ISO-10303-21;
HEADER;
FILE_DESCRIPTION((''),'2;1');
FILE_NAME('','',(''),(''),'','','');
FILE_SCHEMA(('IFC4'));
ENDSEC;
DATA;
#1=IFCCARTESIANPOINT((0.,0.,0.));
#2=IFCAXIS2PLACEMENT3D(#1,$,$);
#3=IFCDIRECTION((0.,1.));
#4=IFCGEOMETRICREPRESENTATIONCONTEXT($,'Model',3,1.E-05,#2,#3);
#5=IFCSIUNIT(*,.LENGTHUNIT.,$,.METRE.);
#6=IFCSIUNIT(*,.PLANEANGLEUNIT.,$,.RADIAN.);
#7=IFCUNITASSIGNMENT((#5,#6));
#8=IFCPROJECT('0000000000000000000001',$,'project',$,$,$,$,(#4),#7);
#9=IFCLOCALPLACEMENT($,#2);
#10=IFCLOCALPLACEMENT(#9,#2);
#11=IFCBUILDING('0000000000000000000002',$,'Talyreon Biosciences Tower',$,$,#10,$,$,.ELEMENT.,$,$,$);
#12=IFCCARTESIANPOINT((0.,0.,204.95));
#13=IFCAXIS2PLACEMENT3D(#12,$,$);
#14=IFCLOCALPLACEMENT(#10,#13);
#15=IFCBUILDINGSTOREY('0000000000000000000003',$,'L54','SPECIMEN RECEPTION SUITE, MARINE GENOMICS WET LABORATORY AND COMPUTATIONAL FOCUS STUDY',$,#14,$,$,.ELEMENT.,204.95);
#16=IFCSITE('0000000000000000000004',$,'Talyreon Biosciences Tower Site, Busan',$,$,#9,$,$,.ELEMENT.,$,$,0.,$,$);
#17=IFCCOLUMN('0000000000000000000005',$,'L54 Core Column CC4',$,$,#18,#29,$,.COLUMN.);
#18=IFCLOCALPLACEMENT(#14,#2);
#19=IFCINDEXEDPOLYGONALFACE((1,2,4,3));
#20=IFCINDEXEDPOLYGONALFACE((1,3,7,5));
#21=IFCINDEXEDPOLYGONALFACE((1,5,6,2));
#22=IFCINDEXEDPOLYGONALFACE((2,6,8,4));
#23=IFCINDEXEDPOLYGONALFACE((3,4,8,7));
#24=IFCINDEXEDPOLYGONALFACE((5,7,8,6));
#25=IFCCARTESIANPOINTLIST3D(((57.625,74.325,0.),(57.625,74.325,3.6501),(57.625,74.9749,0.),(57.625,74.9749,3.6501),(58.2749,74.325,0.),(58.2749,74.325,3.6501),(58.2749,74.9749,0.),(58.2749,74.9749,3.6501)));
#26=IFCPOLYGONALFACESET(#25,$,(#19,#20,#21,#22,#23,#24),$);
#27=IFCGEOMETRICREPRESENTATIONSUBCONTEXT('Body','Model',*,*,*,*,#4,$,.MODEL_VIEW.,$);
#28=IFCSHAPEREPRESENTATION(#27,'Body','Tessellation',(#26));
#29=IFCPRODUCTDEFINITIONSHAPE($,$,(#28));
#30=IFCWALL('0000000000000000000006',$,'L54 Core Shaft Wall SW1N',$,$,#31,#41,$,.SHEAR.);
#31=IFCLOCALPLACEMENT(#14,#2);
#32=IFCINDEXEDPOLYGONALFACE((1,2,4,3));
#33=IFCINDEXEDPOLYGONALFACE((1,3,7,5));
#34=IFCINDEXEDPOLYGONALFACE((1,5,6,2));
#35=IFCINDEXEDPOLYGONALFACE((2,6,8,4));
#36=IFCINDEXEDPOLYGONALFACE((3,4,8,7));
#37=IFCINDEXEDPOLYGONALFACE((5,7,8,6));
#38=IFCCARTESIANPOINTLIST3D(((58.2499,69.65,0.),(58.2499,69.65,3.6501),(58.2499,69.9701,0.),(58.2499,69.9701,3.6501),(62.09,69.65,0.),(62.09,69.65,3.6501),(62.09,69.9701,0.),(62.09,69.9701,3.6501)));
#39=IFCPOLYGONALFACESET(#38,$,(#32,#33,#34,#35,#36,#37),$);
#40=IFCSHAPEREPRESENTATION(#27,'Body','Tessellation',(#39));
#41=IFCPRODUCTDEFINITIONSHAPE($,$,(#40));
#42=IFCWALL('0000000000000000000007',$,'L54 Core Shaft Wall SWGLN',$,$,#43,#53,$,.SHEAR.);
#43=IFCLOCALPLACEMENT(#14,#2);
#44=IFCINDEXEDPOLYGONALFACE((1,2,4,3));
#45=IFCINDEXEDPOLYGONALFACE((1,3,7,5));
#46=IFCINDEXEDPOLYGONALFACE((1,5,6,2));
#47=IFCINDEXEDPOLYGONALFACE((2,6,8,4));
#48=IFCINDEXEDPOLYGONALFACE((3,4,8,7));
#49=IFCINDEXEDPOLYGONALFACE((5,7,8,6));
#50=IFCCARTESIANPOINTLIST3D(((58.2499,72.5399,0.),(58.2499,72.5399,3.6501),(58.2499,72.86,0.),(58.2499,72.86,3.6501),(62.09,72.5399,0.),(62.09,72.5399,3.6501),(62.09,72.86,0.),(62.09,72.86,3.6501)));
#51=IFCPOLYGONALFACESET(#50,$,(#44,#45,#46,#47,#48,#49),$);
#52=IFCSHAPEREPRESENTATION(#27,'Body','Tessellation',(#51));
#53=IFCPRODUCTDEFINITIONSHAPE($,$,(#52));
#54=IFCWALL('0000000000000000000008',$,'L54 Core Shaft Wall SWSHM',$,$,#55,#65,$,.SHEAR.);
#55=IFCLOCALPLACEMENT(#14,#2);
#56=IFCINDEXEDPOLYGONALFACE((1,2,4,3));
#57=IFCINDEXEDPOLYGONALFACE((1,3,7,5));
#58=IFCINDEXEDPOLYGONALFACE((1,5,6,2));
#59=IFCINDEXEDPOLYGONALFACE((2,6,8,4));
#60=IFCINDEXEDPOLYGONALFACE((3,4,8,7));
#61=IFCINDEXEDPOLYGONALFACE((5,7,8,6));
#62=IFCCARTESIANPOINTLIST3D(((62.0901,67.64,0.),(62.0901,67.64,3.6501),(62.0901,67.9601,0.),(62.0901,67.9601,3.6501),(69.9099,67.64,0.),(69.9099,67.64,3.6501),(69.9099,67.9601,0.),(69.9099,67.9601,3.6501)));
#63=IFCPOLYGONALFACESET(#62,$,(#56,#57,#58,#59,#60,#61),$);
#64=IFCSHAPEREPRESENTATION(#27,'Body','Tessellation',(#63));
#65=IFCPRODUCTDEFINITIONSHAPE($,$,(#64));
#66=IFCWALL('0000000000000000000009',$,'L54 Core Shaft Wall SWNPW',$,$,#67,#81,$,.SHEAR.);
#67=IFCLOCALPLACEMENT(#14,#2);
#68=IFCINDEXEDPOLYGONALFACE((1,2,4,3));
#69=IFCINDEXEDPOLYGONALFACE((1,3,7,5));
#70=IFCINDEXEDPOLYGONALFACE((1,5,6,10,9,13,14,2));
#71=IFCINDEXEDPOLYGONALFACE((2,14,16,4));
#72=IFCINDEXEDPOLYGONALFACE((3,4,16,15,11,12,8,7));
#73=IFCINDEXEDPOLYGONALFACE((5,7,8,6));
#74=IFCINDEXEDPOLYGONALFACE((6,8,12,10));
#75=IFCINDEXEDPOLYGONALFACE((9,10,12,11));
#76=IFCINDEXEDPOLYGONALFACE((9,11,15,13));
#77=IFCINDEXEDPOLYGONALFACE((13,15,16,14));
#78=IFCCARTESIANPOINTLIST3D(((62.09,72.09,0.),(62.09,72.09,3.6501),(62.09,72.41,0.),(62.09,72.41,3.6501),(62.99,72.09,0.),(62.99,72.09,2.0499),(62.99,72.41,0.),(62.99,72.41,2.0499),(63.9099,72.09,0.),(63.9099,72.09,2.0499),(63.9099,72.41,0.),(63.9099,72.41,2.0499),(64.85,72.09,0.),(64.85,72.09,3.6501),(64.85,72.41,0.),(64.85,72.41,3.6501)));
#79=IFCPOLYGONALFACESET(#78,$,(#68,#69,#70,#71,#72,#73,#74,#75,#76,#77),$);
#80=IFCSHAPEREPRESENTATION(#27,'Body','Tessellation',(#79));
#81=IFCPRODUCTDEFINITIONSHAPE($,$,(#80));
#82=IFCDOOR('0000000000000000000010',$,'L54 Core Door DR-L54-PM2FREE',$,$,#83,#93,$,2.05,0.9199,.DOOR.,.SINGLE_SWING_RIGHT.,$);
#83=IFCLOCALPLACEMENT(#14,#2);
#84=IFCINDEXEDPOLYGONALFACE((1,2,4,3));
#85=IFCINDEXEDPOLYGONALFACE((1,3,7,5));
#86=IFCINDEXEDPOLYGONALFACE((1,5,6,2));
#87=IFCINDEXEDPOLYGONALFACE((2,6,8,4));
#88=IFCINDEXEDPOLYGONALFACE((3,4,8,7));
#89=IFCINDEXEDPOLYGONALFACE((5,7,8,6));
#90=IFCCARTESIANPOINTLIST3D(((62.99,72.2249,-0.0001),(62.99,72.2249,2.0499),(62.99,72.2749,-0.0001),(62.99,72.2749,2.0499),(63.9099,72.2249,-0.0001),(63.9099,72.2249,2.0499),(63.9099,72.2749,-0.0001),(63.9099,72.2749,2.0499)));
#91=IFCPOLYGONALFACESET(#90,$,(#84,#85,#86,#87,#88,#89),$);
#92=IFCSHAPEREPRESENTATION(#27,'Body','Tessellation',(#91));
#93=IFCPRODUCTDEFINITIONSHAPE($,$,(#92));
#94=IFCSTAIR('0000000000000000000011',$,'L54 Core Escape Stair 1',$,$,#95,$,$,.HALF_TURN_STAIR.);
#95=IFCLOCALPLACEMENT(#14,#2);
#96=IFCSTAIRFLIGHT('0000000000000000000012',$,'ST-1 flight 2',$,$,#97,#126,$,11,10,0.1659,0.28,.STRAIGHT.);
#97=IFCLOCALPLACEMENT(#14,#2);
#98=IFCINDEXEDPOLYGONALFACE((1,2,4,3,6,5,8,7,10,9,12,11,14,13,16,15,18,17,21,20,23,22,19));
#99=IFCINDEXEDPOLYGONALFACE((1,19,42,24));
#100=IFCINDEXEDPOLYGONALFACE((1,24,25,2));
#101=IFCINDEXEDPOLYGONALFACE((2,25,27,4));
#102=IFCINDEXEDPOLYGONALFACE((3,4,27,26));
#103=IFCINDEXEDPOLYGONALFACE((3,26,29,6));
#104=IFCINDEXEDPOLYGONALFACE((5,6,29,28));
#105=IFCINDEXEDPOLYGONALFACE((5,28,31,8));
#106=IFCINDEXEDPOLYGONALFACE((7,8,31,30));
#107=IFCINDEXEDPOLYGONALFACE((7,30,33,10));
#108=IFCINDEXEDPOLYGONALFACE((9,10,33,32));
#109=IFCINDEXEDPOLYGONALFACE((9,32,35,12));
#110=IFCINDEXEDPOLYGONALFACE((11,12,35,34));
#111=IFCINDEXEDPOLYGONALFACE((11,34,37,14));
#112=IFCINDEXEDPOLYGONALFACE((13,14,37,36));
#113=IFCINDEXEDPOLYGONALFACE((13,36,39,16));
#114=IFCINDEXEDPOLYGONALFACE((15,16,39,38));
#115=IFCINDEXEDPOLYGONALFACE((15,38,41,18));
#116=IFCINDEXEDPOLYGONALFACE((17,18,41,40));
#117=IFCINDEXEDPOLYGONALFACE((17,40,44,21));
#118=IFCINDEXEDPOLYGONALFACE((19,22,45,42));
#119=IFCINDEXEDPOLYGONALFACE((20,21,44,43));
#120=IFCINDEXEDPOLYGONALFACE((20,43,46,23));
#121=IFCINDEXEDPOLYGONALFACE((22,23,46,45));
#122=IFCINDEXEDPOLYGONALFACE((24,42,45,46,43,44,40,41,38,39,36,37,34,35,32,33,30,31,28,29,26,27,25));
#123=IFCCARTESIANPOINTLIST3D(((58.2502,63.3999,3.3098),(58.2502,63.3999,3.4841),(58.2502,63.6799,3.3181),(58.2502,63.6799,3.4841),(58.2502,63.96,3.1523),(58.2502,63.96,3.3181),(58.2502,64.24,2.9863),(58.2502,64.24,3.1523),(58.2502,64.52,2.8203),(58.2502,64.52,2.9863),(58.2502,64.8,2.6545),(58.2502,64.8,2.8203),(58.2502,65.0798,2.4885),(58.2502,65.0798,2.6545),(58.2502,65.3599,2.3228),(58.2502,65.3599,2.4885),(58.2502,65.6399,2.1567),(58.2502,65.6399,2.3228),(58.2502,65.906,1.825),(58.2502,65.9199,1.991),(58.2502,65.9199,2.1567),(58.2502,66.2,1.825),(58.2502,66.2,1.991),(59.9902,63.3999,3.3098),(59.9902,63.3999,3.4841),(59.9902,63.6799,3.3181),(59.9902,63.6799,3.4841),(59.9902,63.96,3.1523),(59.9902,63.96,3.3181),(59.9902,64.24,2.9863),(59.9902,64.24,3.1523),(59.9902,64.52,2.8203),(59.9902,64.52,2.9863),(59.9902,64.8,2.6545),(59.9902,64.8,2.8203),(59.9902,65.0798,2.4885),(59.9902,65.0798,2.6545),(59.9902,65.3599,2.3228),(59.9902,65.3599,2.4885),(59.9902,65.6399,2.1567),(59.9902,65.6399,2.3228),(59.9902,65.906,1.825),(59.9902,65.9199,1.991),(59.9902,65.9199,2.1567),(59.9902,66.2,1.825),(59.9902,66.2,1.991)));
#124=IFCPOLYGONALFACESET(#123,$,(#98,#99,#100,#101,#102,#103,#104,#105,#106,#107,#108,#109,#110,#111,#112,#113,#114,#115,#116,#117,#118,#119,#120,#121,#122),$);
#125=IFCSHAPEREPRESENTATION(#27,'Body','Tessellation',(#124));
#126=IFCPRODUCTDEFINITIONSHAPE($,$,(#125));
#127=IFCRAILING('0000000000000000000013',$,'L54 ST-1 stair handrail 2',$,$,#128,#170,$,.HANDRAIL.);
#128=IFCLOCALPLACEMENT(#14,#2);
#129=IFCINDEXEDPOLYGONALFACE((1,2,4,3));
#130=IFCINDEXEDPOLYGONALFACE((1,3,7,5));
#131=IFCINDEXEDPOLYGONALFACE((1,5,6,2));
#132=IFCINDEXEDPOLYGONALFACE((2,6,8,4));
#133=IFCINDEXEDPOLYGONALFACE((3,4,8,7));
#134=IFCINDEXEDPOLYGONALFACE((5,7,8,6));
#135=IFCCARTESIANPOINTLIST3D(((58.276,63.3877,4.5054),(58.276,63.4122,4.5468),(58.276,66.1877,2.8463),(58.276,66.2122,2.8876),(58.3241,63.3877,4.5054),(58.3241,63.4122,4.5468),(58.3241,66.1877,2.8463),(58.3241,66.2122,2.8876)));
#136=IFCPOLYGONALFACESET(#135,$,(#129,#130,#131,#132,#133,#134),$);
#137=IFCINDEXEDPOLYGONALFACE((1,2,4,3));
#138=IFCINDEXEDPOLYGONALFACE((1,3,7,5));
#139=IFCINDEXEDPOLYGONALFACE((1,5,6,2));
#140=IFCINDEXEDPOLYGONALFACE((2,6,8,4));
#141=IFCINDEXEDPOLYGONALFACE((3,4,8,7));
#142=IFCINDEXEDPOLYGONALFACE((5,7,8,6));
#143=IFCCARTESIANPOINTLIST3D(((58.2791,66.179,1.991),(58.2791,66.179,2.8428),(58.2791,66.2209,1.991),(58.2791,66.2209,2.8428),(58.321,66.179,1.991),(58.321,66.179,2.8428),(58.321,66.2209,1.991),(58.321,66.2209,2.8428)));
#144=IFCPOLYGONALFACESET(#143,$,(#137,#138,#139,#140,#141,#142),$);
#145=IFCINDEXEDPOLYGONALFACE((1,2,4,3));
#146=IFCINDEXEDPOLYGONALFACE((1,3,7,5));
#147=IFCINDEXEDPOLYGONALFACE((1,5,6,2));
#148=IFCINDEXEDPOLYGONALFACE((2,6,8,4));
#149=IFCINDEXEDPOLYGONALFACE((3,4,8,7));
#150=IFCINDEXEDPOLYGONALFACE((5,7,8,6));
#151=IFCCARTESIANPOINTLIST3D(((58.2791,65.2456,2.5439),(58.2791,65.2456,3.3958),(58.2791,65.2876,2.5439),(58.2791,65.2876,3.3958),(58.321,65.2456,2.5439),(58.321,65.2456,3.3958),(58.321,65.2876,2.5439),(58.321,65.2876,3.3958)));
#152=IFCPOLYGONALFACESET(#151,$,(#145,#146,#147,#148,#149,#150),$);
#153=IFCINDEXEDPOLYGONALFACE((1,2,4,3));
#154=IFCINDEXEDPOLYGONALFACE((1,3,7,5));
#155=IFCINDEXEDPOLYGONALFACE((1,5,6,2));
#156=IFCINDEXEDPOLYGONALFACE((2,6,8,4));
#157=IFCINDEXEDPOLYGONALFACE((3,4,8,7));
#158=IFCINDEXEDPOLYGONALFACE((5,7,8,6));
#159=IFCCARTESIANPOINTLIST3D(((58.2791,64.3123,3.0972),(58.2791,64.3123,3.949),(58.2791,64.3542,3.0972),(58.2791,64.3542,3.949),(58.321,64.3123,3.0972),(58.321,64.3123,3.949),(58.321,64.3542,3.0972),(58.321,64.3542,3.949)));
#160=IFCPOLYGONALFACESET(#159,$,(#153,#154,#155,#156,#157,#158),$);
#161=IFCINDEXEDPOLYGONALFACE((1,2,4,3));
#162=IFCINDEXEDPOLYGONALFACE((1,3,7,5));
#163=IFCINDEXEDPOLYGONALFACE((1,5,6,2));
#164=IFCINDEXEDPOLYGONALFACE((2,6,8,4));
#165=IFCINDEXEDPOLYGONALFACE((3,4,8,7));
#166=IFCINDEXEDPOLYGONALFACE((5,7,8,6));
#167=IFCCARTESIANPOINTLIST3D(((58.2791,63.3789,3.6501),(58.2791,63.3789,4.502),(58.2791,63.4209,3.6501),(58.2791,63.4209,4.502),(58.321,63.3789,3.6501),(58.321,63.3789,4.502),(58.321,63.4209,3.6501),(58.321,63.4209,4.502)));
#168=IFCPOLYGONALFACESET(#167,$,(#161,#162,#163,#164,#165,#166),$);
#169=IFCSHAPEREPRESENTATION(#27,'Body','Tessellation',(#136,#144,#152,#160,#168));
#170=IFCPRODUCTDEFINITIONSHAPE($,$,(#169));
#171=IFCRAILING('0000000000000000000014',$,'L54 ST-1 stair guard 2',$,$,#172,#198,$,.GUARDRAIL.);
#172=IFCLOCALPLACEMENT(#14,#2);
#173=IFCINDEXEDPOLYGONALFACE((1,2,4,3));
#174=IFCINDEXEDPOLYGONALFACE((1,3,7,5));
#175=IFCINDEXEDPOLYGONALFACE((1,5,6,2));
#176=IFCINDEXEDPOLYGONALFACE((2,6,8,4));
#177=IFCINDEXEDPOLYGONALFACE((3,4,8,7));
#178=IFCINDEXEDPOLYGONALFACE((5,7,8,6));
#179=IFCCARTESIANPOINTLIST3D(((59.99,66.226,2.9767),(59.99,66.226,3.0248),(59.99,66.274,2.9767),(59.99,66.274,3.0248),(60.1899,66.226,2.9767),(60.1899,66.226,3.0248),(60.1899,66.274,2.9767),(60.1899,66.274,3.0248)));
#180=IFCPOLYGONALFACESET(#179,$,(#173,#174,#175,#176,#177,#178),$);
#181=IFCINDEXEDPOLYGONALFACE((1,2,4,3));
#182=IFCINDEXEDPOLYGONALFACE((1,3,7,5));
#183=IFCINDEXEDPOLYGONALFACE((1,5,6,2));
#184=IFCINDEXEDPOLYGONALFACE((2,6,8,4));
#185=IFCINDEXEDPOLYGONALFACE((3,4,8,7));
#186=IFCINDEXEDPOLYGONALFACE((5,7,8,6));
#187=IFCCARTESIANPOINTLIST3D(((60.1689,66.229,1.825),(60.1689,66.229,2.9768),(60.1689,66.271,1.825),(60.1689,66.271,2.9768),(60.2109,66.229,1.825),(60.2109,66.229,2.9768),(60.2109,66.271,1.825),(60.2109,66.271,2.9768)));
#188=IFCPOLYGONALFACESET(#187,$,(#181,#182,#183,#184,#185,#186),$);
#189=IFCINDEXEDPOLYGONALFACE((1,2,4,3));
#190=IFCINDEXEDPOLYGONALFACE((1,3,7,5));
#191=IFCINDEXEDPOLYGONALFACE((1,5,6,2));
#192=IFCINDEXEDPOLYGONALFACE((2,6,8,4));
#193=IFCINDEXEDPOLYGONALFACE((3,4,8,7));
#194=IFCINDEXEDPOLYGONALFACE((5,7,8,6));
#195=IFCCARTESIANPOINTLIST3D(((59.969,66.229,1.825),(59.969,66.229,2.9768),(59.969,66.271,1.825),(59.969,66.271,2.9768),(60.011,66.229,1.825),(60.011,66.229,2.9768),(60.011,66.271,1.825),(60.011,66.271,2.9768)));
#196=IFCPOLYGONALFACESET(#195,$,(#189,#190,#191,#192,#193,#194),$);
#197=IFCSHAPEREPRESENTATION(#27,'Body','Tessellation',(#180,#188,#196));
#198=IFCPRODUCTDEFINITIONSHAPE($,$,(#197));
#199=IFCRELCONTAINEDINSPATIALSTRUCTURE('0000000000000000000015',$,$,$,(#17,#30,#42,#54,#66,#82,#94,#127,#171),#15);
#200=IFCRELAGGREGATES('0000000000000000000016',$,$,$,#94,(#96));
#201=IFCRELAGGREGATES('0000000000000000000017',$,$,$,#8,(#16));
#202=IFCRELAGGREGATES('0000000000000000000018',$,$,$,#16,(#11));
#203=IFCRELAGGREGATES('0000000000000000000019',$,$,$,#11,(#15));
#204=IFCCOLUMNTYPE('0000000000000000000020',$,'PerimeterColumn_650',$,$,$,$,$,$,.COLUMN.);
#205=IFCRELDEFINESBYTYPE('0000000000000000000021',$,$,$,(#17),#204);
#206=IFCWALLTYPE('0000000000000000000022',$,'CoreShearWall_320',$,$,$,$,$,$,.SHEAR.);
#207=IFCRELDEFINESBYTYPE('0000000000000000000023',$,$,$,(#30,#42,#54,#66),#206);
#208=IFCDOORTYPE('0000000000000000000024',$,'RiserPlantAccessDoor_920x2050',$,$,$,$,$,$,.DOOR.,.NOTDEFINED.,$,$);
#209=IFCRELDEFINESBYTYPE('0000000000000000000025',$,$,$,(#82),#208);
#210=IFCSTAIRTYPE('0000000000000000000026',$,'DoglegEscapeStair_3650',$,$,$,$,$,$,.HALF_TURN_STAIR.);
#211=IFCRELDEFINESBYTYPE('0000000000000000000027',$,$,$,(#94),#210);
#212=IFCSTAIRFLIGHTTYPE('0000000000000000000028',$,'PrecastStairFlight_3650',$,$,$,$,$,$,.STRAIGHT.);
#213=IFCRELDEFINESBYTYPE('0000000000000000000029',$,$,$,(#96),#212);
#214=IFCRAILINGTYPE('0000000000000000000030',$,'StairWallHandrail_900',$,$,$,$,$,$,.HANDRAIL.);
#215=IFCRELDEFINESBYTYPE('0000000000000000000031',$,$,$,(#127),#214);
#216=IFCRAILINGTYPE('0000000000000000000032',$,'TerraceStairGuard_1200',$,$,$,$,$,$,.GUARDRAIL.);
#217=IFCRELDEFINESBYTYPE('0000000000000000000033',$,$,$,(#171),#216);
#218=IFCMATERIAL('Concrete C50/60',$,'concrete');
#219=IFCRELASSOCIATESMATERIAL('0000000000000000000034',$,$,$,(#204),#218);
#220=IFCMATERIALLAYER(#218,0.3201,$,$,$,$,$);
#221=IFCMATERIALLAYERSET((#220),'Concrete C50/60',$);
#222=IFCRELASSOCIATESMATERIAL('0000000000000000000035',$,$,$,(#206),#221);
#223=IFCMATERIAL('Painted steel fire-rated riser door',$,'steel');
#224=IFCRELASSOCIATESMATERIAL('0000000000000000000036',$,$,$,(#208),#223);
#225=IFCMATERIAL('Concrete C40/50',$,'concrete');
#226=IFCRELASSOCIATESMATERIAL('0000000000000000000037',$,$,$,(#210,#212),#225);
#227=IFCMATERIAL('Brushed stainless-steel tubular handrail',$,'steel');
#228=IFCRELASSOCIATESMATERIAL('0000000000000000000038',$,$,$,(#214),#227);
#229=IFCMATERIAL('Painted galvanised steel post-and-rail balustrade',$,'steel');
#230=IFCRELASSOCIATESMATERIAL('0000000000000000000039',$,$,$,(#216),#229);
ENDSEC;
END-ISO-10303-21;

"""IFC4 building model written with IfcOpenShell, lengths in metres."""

from ifc_helpers import new_model, si_unit, direction, frame, frame_2d, origin, origin_2d, place, context, subcontext, project, spatial, polyline, rectangle, outline, extrude, material, layer, layer_set, material_profile, profile_set, type_object, element, fill, aggregate, save


model = new_model("IFC4")

# Units and contexts
model_context = context("Model", 3, precision=1e-05, world=origin(), true_north=direction((0.0, 1.0)))
body_context = subcontext(model_context, "Body", "Model", "MODEL_VIEW")
ifc_project = project(units=[si_unit("LENGTHUNIT", "METRE"), si_unit("PLANEANGLEUNIT", "RADIAN")], contexts=[model_context])

# Site, building, storey
site_placement = place(None, origin())
site = spatial("IfcSite", under=ifc_project, at=site_placement, Name="Talyreon Biosciences Tower Site, Busan", CompositionType="ELEMENT", RefElevation=0.0)
building_placement = place(site_placement, origin())
building = spatial("IfcBuilding", under=site, at=building_placement, Name="Talyreon Biosciences Tower", CompositionType="ELEMENT")
storey_placement = place(building_placement, frame((0.0, 0.0, 204.95)))
storey = spatial("IfcBuildingStorey", under=building, at=storey_placement, Name="L54", Description="SPECIMEN RECEPTION SUITE, MARINE GENOMICS WET LABORATORY AND COMPUTATIONAL FOCUS STUDY", CompositionType="ELEMENT", Elevation=204.95)

# Column
ifc_material_1 = material(Name="Concrete C50/60", Category="concrete")
ifc_material_profile = material_profile(ifc_material_1, rectangle(XDim=0.6499, YDim=0.6499, at=origin_2d()), Name="RC 650x650")
ifc_profile_set = profile_set([ifc_material_profile], Name="Concrete C50/60")
column_type = type_object("IfcColumnType", Name="PerimeterColumn_650", PredefinedType="COLUMN", material=ifc_profile_set)
column_placement = place(storey_placement, frame((57.95, 74.6499, 0.0), z_axis=(0.0, 0.0, 1.0), x_axis=(1.0, 0.0, 0.0)))
element("IfcColumn", 1, at=column_placement, inside=storey, type_object=column_type, Name="L54 Core Column CC4", PredefinedType="COLUMN", context=body_context, shape_type="SweptSolid", body=[
    extrude(rectangle(XDim=0.6499, YDim=0.6499, at=origin_2d()), origin(), (0.0, 0.0, 1.0), 3.6501),
])

# Walls
ifc_layer = layer(ifc_material_1, 0.3201)
ifc_layer_set = layer_set([ifc_layer], Name="Concrete C50/60")
wall_type = type_object("IfcWallType", Name="CoreShearWall_320", PredefinedType="SHEAR", material=ifc_layer_set)
for number, where, z_axis, x_axis, name in (
    (2, (58.25, 69.8101, 0.0), (0.0, 0.0, 1.0), (1.0, 0.0, 0.0), "L54 Core Shaft Wall SW1N"),
    (3, (58.25, 72.7, 0.0), (0.0, 0.0, 1.0), (1.0, 0.0, 0.0), "L54 Core Shaft Wall SWGLN"),
):
    element("IfcWall", number, at=place(storey_placement, frame(where, z_axis=z_axis, x_axis=x_axis)), inside=storey, type_object=wall_type, Name=name, PredefinedType="SHEAR", context=body_context, shape_type="SweptSolid", body=[
        extrude(rectangle(XDim=3.8401, YDim=0.3201, at=frame_2d((1.9199, 0.0))), origin(), (0.0, 0.0, 1.0), 3.6501),
    ])
wall_1_placement = place(storey_placement, frame((62.0901, 67.8, 0.0), z_axis=(0.0, 0.0, 1.0), x_axis=(1.0, 0.0, 0.0)))
element("IfcWall", 4, at=wall_1_placement, inside=storey, type_object=wall_type, Name="L54 Core Shaft Wall SWSHM", PredefinedType="SHEAR", context=body_context, shape_type="SweptSolid", body=[
    extrude(rectangle(XDim=7.8198, YDim=0.3201, at=frame_2d((3.9099, 0.0))), origin(), (0.0, 0.0, 1.0), 3.6501),
])

# Wall, opening, door
wall_2_placement = place(storey_placement, frame((62.0901, 72.25, 0.0), z_axis=(0.0, 0.0, 1.0), x_axis=(1.0, 0.0, 0.0)))
wall_2 = element("IfcWall", 5, at=wall_2_placement, inside=storey, type_object=wall_type, Name="L54 Core Shaft Wall SWNPW", PredefinedType="SHEAR", context=body_context, shape_type="SweptSolid", body=[
    extrude(rectangle(XDim=2.76, YDim=0.3201, at=frame_2d((1.3799, 0.0))), origin(), (0.0, 0.0, 1.0), 3.6501),
])
opening_1_placement = place(wall_2_placement, frame((0.8999, 0.0, 0.0)))
opening_1 = element("IfcOpeningElement", 6, at=opening_1_placement, cuts=wall_2, PredefinedType="OPENING", context=body_context, shape_type="SweptSolid", body=[
    extrude(rectangle(XDim=0.9199, YDim=2.05, at=frame_2d((0.46, 1.0249))), frame((0.0, 0.1699, 0.0), z_axis=(0.0, -1.0, 0.0), x_axis=(1.0, 0.0, 0.0)), (0.0, 0.0, 1.0), 0.3401),
])
ifc_material_2 = material(Name="Painted steel fire-rated riser door", Category="steel")
door_type_1 = type_object("IfcDoorType", Name="RiserPlantAccessDoor_920x2050", OperationType="NOTDEFINED", PredefinedType="DOOR", material=ifc_material_2)
door_1_placement = place(opening_1_placement, origin())
door_1 = element("IfcDoor", 7, at=door_1_placement, inside=storey, type_object=door_type_1, Name="L54 Core Door DR-L54-PM2FREE", OperationType="SINGLE_SWING_RIGHT", OverallHeight=2.05, OverallWidth=0.9199, PredefinedType="DOOR", context=body_context, shape_type="SweptSolid", body=[
    extrude(rectangle(XDim=0.9199, YDim=2.05, at=frame_2d((0.46, 1.0249))), frame((0.0, 0.0249, 0.0), z_axis=(0.0, -1.0, 0.0), x_axis=(1.0, 0.0, 0.0)), (0.0, 0.0, 1.0), 0.05),
])
fill(opening_1, door_1)

# Stair, stair flight
ifc_material_3 = material(Name="Concrete C40/50", Category="concrete")
stair_type = type_object("IfcStairType", Name="DoglegEscapeStair_3650", PredefinedType="HALF_TURN_STAIR", material=ifc_material_3)
stair_placement = place(storey_placement, origin())
stair = element("IfcStair", 8, at=stair_placement, inside=storey, type_object=stair_type, Name="L54 Core Escape Stair 1", PredefinedType="HALF_TURN_STAIR")
stair_flight_type = type_object("IfcStairFlightType", Name="PrecastStairFlight_3650", PredefinedType="STRAIGHT", material=ifc_material_3)
stair_flight_placement = place(storey_placement, frame((59.1201, 66.2, 1.825), z_axis=(0.0, 0.0, 1.0), x_axis=(0.0, -1.0, 0.0)))
stair_flight = element("IfcStairFlight", 9, at=stair_flight_placement, type_object=stair_flight_type, Name="ST-1 flight 2", NumberOfRisers=11, NumberOfTreads=10, PredefinedType="STRAIGHT", RiserHeight=0.1659, TreadLength=0.28, context=body_context, shape_type="SweptSolid", body=[
    extrude(outline(polyline([(0.0, 0.0), (0.0, 0.166), (0.28, 0.166), (0.28, 0.3318), (0.5601, 0.3318), (0.5601, 0.4978), (0.8401, 0.4978), (0.8401, 0.6636), (1.1201, 0.6636), (1.1201, 0.8296), (1.3999, 0.8296), (1.3999, 0.9954), (1.6799, 0.9954), (1.6799, 1.1614), (1.96, 1.1614), (1.96, 1.3274), (2.24, 1.3274), (2.24, 1.4932), (2.52, 1.4932), (2.52, 1.6592), (2.8, 1.6592), (2.8, 1.825), (2.8, 1.4849), (0.2939, 0.0), (0.0, 0.0)])), frame((0.0, 0.8701, 0.0), z_axis=(0.0, -1.0, 0.0), x_axis=(1.0, 0.0, 0.0)), (0.0, 0.0, 1.0), 1.74),
])
aggregate(stair, [stair_flight])

# Railings
ifc_material_4 = material(Name="Brushed stainless-steel tubular handrail", Category="steel")
railing_type_1 = type_object("IfcRailingType", Name="StairWallHandrail_900", PredefinedType="HANDRAIL", material=ifc_material_4)
railing_1_placement = place(storey_placement, frame((58.3, 66.2, 1.991)))
element("IfcRailing", 10, at=railing_1_placement, inside=storey, type_object=railing_type_1, Name="L54 ST-1 stair handrail 2", PredefinedType="HANDRAIL", context=body_context, shape_type="SweptSolid", body=[
    extrude(rectangle(XDim=0.0481, YDim=0.0481, at=origin_2d()), frame((0.0, 0.0, 0.876), z_axis=(0.0, -0.860306, 0.509778), x_axis=(1.0, 0.0, 0.0)), (0.0, 0.0, 1.0), 3.2546),
    extrude(rectangle(XDim=0.042, YDim=0.042, at=origin_2d()), origin(), (0.0, 0.0, 1.0), 0.8518),
    extrude(rectangle(XDim=0.042, YDim=0.042, at=origin_2d()), frame((0.0, -0.9333, 0.553)), (0.0, 0.0, 1.0), 0.8518),
    extrude(rectangle(XDim=0.042, YDim=0.042, at=origin_2d()), frame((0.0, -1.8667, 1.1062)), (0.0, 0.0, 1.0), 0.8518),
    extrude(rectangle(XDim=0.042, YDim=0.042, at=origin_2d()), frame((0.0, -2.8, 1.6592)), (0.0, 0.0, 1.0), 0.8518),
])
ifc_material_5 = material(Name="Painted galvanised steel post-and-rail balustrade", Category="steel")
railing_type_2 = type_object("IfcRailingType", Name="TerraceStairGuard_1200", PredefinedType="GUARDRAIL", material=ifc_material_5)
railing_2_placement = place(storey_placement, frame((60.1899, 66.25, 1.825)))
element("IfcRailing", 11, at=railing_2_placement, inside=storey, type_object=railing_type_2, Name="L54 ST-1 stair guard 2", PredefinedType="GUARDRAIL", context=body_context, shape_type="SweptSolid", body=[
    extrude(rectangle(XDim=0.0481, YDim=0.0481, at=origin_2d()), frame((0.0, 0.0, 1.1758), z_axis=(-1.0, 0.0, 0.0), x_axis=(0.0, -1.0, 0.0)), (0.0, 0.0, 1.0), 0.2),
    extrude(rectangle(XDim=0.042, YDim=0.042, at=origin_2d()), origin(), (0.0, 0.0, 1.0), 1.1519),
    extrude(rectangle(XDim=0.042, YDim=0.042, at=origin_2d()), frame((-0.2, 0.0, 0.0)), (0.0, 0.0, 1.0), 1.1519),
])

save(model, "model.ifc")
